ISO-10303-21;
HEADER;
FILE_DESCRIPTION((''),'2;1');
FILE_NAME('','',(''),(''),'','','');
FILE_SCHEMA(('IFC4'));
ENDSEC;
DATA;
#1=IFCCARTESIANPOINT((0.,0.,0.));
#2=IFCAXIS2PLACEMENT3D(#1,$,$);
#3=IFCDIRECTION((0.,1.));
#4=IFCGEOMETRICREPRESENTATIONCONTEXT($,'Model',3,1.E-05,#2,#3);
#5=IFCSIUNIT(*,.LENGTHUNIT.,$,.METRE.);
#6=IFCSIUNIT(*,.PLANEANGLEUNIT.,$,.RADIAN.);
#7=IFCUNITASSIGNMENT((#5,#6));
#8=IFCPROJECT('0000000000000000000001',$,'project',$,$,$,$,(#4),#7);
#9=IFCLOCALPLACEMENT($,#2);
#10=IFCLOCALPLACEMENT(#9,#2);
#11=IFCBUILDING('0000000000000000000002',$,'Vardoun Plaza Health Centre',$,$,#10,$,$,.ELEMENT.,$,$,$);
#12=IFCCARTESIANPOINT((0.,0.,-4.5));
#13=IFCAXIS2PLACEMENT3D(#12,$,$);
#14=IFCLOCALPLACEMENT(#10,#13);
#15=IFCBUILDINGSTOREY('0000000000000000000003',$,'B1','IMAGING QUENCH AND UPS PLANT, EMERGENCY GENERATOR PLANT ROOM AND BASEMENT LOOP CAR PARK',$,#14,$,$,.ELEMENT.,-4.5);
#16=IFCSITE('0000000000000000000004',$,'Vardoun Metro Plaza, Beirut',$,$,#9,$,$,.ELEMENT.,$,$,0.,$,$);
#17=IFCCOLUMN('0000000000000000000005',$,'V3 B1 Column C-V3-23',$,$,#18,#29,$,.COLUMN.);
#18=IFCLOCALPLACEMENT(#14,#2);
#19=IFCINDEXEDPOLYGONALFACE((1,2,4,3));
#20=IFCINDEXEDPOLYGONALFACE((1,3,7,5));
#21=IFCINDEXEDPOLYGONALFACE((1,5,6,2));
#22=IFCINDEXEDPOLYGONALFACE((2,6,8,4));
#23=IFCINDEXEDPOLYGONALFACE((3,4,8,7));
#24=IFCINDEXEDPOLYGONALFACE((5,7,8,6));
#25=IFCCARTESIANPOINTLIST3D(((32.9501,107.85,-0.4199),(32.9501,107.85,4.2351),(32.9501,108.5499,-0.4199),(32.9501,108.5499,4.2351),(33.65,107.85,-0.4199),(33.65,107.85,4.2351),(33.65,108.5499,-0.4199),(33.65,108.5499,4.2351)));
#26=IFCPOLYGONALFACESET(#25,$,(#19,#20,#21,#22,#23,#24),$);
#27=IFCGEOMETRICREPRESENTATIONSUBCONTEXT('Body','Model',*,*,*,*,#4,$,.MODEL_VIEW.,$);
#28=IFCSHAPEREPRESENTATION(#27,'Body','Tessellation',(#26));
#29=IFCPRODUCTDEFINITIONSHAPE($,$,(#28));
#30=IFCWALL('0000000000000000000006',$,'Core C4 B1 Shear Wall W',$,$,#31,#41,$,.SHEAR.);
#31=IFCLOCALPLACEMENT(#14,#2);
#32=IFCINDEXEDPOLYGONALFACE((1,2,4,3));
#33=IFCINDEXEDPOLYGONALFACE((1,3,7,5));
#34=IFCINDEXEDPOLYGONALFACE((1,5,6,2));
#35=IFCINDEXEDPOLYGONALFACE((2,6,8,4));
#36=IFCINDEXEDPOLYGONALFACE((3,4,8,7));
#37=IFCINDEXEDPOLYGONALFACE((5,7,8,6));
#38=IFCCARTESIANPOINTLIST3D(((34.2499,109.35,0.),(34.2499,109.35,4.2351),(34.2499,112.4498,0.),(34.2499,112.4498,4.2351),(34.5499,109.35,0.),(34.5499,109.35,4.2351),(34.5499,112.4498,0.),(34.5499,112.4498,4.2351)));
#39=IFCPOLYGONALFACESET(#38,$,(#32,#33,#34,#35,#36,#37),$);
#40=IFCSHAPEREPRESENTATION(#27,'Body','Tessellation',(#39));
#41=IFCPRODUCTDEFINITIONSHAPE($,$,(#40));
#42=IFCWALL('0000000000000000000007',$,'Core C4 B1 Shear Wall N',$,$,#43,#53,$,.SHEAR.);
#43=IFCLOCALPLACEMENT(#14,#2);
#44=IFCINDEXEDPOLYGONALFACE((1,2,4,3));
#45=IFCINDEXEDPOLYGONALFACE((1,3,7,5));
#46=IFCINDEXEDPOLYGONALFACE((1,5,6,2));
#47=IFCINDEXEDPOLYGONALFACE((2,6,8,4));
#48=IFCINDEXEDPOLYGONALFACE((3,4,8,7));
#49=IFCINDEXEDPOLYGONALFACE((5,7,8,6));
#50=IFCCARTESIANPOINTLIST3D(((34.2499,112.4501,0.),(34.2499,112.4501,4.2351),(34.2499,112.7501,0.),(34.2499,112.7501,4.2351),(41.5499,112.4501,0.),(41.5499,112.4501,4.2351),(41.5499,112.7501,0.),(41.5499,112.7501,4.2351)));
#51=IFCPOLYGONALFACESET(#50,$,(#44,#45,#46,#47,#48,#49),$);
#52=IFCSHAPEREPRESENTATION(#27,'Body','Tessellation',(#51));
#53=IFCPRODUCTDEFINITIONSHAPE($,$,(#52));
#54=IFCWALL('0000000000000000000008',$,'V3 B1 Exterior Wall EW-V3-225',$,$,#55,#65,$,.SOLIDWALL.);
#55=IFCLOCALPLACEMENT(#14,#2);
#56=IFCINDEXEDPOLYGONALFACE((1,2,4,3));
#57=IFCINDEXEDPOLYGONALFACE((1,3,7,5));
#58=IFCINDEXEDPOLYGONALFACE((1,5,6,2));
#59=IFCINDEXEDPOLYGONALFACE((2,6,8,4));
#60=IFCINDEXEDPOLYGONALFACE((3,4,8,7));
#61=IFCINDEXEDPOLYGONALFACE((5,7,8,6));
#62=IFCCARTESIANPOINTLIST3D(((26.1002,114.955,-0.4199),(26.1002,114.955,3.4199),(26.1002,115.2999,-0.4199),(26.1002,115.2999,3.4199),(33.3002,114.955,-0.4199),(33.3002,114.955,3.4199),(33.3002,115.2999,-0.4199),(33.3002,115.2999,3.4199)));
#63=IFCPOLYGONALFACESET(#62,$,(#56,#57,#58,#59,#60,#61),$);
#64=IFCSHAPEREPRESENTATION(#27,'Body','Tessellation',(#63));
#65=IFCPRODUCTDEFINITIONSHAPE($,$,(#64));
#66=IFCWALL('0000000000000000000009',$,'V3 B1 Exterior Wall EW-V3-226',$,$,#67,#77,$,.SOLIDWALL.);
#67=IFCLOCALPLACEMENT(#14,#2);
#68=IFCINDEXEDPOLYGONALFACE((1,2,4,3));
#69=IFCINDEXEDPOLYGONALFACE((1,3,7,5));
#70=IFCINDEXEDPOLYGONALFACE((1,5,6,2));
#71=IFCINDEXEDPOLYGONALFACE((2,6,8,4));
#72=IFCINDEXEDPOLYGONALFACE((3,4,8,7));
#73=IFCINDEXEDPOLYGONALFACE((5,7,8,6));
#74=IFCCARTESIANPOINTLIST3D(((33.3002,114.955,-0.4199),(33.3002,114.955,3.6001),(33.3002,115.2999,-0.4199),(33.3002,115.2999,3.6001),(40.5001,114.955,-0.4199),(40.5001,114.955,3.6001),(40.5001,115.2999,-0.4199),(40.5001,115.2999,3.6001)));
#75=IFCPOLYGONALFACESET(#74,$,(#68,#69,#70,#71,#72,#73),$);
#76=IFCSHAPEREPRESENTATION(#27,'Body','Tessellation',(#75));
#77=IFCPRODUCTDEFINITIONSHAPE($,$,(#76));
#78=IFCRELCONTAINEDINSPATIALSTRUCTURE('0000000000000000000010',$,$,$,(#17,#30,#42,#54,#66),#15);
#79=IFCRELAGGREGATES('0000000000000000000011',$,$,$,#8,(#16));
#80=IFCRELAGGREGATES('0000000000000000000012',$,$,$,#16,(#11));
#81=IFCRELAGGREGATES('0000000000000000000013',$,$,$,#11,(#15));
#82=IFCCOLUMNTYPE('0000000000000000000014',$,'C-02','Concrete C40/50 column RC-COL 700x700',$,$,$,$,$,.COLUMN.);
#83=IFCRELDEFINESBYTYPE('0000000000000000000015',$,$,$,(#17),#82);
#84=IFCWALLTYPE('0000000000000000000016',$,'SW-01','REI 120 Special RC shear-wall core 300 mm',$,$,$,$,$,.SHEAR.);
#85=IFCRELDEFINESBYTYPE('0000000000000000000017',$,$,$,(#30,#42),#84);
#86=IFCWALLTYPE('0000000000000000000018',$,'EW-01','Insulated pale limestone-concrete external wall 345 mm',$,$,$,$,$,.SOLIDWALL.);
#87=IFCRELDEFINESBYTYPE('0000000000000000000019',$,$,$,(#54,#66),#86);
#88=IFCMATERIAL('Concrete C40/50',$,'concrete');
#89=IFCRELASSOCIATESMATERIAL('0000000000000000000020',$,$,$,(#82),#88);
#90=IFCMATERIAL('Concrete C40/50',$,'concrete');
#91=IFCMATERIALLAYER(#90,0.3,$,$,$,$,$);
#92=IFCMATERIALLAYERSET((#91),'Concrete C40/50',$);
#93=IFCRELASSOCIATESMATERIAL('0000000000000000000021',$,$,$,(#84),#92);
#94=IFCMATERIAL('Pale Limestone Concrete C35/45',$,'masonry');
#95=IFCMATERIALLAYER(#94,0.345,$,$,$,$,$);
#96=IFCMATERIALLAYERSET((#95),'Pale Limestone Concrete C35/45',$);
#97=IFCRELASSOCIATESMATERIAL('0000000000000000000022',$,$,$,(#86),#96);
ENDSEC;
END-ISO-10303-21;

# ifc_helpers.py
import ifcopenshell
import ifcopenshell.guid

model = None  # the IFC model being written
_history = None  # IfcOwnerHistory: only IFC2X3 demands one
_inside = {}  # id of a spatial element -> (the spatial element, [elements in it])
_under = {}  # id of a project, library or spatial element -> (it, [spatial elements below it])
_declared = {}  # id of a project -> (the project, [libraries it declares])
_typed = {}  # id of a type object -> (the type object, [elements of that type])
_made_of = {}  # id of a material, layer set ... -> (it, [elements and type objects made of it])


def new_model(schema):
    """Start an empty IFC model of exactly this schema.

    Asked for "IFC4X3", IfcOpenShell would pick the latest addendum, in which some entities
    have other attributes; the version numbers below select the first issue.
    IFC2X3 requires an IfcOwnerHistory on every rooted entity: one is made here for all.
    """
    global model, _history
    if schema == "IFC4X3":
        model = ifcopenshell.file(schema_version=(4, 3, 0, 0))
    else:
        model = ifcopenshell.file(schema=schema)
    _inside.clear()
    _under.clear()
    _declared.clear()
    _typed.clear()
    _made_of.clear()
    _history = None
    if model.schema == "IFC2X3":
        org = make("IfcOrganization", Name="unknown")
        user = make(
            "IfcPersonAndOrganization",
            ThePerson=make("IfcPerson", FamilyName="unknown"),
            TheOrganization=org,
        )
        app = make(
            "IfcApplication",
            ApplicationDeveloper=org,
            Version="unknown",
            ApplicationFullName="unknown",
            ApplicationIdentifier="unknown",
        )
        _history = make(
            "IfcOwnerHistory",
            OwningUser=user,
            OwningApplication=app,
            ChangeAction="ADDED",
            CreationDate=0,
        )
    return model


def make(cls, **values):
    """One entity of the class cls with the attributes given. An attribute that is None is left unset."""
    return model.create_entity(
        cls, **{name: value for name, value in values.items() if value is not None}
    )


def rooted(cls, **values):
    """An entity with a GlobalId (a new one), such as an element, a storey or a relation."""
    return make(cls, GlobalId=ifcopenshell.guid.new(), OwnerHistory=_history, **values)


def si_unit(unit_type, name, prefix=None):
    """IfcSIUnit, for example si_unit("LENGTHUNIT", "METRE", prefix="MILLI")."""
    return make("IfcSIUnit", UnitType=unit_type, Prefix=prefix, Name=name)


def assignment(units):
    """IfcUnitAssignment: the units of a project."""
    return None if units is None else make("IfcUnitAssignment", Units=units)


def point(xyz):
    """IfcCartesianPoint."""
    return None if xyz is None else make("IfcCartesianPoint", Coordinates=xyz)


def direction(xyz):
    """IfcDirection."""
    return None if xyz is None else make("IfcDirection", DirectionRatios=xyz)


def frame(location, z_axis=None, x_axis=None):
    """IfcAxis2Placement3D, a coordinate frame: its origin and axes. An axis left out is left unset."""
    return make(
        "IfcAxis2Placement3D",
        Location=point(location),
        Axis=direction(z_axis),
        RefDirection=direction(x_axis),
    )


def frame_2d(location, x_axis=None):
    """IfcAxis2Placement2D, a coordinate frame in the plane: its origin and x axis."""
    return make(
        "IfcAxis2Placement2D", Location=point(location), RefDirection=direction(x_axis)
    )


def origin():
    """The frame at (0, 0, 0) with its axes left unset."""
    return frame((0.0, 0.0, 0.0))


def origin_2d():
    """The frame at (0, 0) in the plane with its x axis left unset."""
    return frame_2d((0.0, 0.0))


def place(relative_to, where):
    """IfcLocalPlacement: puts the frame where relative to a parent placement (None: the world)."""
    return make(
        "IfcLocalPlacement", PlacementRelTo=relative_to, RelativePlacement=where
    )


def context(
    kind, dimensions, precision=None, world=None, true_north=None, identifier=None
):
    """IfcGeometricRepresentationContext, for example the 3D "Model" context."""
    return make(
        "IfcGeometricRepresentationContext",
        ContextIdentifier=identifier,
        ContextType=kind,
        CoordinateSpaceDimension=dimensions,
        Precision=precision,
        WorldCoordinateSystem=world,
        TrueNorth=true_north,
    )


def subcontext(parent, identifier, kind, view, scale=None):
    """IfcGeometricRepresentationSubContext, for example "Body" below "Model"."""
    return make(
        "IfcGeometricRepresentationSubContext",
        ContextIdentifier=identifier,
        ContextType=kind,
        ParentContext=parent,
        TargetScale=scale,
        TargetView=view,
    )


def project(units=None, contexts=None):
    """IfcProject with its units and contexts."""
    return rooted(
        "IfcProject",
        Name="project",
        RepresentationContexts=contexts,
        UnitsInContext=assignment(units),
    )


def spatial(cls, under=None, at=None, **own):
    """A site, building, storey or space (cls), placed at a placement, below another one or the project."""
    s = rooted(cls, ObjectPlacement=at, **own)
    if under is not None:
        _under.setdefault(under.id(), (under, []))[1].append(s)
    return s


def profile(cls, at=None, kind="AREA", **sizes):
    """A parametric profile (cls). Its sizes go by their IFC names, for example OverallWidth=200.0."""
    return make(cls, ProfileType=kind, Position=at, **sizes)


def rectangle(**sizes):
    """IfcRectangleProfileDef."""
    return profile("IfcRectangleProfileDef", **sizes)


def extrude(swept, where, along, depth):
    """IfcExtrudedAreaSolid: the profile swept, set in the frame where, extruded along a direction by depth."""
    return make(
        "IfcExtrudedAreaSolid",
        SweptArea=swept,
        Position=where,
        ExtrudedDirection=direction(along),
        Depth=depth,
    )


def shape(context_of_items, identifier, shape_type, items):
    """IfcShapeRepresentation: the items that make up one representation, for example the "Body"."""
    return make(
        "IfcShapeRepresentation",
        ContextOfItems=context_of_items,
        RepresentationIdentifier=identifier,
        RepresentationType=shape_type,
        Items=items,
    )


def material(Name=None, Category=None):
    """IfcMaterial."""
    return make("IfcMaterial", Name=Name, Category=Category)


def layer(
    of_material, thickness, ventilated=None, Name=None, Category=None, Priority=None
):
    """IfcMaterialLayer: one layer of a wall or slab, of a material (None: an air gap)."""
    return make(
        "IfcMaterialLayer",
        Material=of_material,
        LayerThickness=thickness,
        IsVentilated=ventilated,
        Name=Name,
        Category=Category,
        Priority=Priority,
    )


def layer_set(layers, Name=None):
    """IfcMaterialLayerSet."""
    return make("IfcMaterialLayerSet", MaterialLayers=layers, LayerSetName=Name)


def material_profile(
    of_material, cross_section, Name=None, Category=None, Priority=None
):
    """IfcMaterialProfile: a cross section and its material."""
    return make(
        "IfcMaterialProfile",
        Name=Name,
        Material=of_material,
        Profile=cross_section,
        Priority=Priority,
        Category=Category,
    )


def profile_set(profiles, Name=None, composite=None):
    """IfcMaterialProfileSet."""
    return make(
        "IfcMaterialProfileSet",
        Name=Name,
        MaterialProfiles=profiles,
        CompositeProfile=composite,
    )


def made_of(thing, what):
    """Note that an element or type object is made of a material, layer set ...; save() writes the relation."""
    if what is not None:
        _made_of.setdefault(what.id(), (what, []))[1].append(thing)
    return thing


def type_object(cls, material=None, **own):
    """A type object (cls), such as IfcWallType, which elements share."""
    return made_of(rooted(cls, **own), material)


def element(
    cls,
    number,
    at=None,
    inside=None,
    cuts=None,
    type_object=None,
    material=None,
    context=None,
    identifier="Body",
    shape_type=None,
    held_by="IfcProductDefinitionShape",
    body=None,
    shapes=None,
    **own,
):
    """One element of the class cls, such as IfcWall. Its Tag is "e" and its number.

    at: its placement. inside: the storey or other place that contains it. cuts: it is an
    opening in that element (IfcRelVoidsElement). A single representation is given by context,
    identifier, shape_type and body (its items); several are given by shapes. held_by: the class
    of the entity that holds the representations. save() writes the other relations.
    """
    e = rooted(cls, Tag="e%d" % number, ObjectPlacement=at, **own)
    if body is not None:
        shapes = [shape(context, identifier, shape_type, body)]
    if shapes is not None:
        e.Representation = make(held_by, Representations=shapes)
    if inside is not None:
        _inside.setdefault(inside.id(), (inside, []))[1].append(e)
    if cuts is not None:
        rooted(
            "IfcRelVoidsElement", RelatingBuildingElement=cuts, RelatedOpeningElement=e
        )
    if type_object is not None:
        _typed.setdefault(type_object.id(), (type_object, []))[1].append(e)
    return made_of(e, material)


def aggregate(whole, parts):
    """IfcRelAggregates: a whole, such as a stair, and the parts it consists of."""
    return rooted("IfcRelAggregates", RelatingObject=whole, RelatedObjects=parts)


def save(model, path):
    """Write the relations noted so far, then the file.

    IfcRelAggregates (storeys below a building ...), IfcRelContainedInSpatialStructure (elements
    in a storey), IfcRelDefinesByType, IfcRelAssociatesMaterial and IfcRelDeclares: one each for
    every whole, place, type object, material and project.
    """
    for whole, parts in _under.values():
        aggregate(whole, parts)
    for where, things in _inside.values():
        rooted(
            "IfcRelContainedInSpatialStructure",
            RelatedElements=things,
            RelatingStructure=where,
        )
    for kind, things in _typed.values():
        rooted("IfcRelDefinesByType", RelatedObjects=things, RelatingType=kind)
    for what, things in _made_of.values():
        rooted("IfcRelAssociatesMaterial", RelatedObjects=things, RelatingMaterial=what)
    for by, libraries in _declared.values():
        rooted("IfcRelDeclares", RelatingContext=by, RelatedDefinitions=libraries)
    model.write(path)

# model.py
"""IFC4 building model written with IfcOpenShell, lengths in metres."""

from ifc_helpers import new_model, si_unit, direction, frame, frame_2d, origin, origin_2d, place, context, subcontext, project, spatial, rectangle, extrude, material, layer, layer_set, material_profile, profile_set, type_object, element, save


model = new_model("IFC4")

# Units and contexts
model_context = context("Model", 3, precision=1e-05, world=origin(), true_north=direction((0.0, 1.0)))
body_context = subcontext(model_context, "Body", "Model", "MODEL_VIEW")
ifc_project = project(units=[si_unit("LENGTHUNIT", "METRE"), si_unit("PLANEANGLEUNIT", "RADIAN")], contexts=[model_context])

# Site, building, storey
site_placement = place(None, origin())
site = spatial("IfcSite", under=ifc_project, at=site_placement, Name="Vardoun Metro Plaza, Beirut", CompositionType="ELEMENT", RefElevation=0.0)
building_placement = place(site_placement, origin())
building = spatial("IfcBuilding", under=site, at=building_placement, Name="Vardoun Plaza Health Centre", CompositionType="ELEMENT")
storey_placement = place(building_placement, frame((0.0, 0.0, -4.5)))
storey = spatial("IfcBuildingStorey", under=building, at=storey_placement, Name="B1", Description="IMAGING QUENCH AND UPS PLANT, EMERGENCY GENERATOR PLANT ROOM AND BASEMENT LOOP CAR PARK", CompositionType="ELEMENT", Elevation=-4.5)

# Column
ifc_material_1 = material(Name="Concrete C40/50", Category="concrete")
ifc_material_profile_1 = material_profile(ifc_material_1, rectangle(XDim=0.7, YDim=0.7, at=origin_2d()), Name="RC-COL 700x700")
ifc_profile_set_1 = profile_set([ifc_material_profile_1], Name="Concrete C40/50")
column_type_1 = type_object("IfcColumnType", Name="C-02", Description="Concrete C40/50 column RC-COL 700x700", PredefinedType="COLUMN", material=ifc_profile_set_1)
column_1_placement = place(storey_placement, frame((33.3, 108.2, -0.4199), z_axis=(0.0, 0.0, 1.0), x_axis=(1.0, 0.0, 0.0)))
element("IfcColumn", 1, at=column_1_placement, inside=storey, type_object=column_type_1, Name="V3 B1 Column C-V3-23", PredefinedType="COLUMN", context=body_context, shape_type="SweptSolid", body=[
    extrude(rectangle(XDim=0.7, YDim=0.7, at=origin_2d()), origin(), (0.0, 0.0, 1.0), 4.655),
])

# Walls
ifc_material_2 = material(Name="Concrete C40/50", Category="concrete")
ifc_layer_1 = layer(ifc_material_2, 0.3)
ifc_layer_set_1 = layer_set([ifc_layer_1], Name="Concrete C40/50")
wall_type_1 = type_object("IfcWallType", Name="SW-01", Description="REI 120 Special RC shear-wall core 300 mm", PredefinedType="SHEAR", material=ifc_layer_set_1)
wall_1_placement = place(storey_placement, frame((34.3999, 109.3501, 0.0), z_axis=(0.0, 0.0, 1.0), x_axis=(0.0, 1.0, 0.0)))
element("IfcWall", 2, at=wall_1_placement, inside=storey, type_object=wall_type_1, Name="Core C4 B1 Shear Wall W", PredefinedType="SHEAR", context=body_context, shape_type="SweptSolid", body=[
    extrude(rectangle(XDim=3.0999, YDim=0.3, at=frame_2d((1.5498, 0.0))), origin(), (0.0, 0.0, 1.0), 4.2351),
])
wall_2_placement = place(storey_placement, frame((34.25, 112.6001, 0.0), z_axis=(0.0, 0.0, 1.0), x_axis=(1.0, 0.0, 0.0)))
element("IfcWall", 3, at=wall_2_placement, inside=storey, type_object=wall_type_1, Name="Core C4 B1 Shear Wall N", PredefinedType="SHEAR", context=body_context, shape_type="SweptSolid", body=[
    extrude(rectangle(XDim=7.3, YDim=0.3, at=frame_2d((3.6499, 0.0))), origin(), (0.0, 0.0, 1.0), 4.2351),
])
ifc_material_3 = material(Name="Pale Limestone Concrete C35/45", Category="masonry")
ifc_layer_2 = layer(ifc_material_3, 0.345)
ifc_layer_set_2 = layer_set([ifc_layer_2], Name="Pale Limestone Concrete C35/45")
wall_type_2 = type_object("IfcWallType", Name="EW-01", Description="Insulated pale limestone-concrete external wall 345 mm", PredefinedType="SOLIDWALL", material=ifc_layer_set_2)
wall_3_placement = place(storey_placement, frame((26.1001, 115.1274, -0.4199), z_axis=(0.0, 0.0, 1.0), x_axis=(1.0, 0.0, 0.0)))
element("IfcWall", 4, at=wall_3_placement, inside=storey, type_object=wall_type_2, Name="V3 B1 Exterior Wall EW-V3-225", PredefinedType="SOLIDWALL", context=body_context, shape_type="SweptSolid", body=[
    extrude(rectangle(XDim=7.2, YDim=0.345, at=frame_2d((3.6001, 0.0))), origin(), (0.0, 0.0, 1.0), 3.8398),
])
wall_4_placement = place(storey_placement, frame((33.3, 115.1274, -0.4199), z_axis=(0.0, 0.0, 1.0), x_axis=(1.0, 0.0, 0.0)))
element("IfcWall", 5, at=wall_4_placement, inside=storey, type_object=wall_type_2, Name="V3 B1 Exterior Wall EW-V3-226", PredefinedType="SOLIDWALL", context=body_context, shape_type="SweptSolid", body=[
    extrude(rectangle(XDim=7.2, YDim=0.345, at=frame_2d((3.6001, 0.0))), origin(), (0.0, 0.0, 1.0), 4.02),
])

save(model, "model.ifc")
